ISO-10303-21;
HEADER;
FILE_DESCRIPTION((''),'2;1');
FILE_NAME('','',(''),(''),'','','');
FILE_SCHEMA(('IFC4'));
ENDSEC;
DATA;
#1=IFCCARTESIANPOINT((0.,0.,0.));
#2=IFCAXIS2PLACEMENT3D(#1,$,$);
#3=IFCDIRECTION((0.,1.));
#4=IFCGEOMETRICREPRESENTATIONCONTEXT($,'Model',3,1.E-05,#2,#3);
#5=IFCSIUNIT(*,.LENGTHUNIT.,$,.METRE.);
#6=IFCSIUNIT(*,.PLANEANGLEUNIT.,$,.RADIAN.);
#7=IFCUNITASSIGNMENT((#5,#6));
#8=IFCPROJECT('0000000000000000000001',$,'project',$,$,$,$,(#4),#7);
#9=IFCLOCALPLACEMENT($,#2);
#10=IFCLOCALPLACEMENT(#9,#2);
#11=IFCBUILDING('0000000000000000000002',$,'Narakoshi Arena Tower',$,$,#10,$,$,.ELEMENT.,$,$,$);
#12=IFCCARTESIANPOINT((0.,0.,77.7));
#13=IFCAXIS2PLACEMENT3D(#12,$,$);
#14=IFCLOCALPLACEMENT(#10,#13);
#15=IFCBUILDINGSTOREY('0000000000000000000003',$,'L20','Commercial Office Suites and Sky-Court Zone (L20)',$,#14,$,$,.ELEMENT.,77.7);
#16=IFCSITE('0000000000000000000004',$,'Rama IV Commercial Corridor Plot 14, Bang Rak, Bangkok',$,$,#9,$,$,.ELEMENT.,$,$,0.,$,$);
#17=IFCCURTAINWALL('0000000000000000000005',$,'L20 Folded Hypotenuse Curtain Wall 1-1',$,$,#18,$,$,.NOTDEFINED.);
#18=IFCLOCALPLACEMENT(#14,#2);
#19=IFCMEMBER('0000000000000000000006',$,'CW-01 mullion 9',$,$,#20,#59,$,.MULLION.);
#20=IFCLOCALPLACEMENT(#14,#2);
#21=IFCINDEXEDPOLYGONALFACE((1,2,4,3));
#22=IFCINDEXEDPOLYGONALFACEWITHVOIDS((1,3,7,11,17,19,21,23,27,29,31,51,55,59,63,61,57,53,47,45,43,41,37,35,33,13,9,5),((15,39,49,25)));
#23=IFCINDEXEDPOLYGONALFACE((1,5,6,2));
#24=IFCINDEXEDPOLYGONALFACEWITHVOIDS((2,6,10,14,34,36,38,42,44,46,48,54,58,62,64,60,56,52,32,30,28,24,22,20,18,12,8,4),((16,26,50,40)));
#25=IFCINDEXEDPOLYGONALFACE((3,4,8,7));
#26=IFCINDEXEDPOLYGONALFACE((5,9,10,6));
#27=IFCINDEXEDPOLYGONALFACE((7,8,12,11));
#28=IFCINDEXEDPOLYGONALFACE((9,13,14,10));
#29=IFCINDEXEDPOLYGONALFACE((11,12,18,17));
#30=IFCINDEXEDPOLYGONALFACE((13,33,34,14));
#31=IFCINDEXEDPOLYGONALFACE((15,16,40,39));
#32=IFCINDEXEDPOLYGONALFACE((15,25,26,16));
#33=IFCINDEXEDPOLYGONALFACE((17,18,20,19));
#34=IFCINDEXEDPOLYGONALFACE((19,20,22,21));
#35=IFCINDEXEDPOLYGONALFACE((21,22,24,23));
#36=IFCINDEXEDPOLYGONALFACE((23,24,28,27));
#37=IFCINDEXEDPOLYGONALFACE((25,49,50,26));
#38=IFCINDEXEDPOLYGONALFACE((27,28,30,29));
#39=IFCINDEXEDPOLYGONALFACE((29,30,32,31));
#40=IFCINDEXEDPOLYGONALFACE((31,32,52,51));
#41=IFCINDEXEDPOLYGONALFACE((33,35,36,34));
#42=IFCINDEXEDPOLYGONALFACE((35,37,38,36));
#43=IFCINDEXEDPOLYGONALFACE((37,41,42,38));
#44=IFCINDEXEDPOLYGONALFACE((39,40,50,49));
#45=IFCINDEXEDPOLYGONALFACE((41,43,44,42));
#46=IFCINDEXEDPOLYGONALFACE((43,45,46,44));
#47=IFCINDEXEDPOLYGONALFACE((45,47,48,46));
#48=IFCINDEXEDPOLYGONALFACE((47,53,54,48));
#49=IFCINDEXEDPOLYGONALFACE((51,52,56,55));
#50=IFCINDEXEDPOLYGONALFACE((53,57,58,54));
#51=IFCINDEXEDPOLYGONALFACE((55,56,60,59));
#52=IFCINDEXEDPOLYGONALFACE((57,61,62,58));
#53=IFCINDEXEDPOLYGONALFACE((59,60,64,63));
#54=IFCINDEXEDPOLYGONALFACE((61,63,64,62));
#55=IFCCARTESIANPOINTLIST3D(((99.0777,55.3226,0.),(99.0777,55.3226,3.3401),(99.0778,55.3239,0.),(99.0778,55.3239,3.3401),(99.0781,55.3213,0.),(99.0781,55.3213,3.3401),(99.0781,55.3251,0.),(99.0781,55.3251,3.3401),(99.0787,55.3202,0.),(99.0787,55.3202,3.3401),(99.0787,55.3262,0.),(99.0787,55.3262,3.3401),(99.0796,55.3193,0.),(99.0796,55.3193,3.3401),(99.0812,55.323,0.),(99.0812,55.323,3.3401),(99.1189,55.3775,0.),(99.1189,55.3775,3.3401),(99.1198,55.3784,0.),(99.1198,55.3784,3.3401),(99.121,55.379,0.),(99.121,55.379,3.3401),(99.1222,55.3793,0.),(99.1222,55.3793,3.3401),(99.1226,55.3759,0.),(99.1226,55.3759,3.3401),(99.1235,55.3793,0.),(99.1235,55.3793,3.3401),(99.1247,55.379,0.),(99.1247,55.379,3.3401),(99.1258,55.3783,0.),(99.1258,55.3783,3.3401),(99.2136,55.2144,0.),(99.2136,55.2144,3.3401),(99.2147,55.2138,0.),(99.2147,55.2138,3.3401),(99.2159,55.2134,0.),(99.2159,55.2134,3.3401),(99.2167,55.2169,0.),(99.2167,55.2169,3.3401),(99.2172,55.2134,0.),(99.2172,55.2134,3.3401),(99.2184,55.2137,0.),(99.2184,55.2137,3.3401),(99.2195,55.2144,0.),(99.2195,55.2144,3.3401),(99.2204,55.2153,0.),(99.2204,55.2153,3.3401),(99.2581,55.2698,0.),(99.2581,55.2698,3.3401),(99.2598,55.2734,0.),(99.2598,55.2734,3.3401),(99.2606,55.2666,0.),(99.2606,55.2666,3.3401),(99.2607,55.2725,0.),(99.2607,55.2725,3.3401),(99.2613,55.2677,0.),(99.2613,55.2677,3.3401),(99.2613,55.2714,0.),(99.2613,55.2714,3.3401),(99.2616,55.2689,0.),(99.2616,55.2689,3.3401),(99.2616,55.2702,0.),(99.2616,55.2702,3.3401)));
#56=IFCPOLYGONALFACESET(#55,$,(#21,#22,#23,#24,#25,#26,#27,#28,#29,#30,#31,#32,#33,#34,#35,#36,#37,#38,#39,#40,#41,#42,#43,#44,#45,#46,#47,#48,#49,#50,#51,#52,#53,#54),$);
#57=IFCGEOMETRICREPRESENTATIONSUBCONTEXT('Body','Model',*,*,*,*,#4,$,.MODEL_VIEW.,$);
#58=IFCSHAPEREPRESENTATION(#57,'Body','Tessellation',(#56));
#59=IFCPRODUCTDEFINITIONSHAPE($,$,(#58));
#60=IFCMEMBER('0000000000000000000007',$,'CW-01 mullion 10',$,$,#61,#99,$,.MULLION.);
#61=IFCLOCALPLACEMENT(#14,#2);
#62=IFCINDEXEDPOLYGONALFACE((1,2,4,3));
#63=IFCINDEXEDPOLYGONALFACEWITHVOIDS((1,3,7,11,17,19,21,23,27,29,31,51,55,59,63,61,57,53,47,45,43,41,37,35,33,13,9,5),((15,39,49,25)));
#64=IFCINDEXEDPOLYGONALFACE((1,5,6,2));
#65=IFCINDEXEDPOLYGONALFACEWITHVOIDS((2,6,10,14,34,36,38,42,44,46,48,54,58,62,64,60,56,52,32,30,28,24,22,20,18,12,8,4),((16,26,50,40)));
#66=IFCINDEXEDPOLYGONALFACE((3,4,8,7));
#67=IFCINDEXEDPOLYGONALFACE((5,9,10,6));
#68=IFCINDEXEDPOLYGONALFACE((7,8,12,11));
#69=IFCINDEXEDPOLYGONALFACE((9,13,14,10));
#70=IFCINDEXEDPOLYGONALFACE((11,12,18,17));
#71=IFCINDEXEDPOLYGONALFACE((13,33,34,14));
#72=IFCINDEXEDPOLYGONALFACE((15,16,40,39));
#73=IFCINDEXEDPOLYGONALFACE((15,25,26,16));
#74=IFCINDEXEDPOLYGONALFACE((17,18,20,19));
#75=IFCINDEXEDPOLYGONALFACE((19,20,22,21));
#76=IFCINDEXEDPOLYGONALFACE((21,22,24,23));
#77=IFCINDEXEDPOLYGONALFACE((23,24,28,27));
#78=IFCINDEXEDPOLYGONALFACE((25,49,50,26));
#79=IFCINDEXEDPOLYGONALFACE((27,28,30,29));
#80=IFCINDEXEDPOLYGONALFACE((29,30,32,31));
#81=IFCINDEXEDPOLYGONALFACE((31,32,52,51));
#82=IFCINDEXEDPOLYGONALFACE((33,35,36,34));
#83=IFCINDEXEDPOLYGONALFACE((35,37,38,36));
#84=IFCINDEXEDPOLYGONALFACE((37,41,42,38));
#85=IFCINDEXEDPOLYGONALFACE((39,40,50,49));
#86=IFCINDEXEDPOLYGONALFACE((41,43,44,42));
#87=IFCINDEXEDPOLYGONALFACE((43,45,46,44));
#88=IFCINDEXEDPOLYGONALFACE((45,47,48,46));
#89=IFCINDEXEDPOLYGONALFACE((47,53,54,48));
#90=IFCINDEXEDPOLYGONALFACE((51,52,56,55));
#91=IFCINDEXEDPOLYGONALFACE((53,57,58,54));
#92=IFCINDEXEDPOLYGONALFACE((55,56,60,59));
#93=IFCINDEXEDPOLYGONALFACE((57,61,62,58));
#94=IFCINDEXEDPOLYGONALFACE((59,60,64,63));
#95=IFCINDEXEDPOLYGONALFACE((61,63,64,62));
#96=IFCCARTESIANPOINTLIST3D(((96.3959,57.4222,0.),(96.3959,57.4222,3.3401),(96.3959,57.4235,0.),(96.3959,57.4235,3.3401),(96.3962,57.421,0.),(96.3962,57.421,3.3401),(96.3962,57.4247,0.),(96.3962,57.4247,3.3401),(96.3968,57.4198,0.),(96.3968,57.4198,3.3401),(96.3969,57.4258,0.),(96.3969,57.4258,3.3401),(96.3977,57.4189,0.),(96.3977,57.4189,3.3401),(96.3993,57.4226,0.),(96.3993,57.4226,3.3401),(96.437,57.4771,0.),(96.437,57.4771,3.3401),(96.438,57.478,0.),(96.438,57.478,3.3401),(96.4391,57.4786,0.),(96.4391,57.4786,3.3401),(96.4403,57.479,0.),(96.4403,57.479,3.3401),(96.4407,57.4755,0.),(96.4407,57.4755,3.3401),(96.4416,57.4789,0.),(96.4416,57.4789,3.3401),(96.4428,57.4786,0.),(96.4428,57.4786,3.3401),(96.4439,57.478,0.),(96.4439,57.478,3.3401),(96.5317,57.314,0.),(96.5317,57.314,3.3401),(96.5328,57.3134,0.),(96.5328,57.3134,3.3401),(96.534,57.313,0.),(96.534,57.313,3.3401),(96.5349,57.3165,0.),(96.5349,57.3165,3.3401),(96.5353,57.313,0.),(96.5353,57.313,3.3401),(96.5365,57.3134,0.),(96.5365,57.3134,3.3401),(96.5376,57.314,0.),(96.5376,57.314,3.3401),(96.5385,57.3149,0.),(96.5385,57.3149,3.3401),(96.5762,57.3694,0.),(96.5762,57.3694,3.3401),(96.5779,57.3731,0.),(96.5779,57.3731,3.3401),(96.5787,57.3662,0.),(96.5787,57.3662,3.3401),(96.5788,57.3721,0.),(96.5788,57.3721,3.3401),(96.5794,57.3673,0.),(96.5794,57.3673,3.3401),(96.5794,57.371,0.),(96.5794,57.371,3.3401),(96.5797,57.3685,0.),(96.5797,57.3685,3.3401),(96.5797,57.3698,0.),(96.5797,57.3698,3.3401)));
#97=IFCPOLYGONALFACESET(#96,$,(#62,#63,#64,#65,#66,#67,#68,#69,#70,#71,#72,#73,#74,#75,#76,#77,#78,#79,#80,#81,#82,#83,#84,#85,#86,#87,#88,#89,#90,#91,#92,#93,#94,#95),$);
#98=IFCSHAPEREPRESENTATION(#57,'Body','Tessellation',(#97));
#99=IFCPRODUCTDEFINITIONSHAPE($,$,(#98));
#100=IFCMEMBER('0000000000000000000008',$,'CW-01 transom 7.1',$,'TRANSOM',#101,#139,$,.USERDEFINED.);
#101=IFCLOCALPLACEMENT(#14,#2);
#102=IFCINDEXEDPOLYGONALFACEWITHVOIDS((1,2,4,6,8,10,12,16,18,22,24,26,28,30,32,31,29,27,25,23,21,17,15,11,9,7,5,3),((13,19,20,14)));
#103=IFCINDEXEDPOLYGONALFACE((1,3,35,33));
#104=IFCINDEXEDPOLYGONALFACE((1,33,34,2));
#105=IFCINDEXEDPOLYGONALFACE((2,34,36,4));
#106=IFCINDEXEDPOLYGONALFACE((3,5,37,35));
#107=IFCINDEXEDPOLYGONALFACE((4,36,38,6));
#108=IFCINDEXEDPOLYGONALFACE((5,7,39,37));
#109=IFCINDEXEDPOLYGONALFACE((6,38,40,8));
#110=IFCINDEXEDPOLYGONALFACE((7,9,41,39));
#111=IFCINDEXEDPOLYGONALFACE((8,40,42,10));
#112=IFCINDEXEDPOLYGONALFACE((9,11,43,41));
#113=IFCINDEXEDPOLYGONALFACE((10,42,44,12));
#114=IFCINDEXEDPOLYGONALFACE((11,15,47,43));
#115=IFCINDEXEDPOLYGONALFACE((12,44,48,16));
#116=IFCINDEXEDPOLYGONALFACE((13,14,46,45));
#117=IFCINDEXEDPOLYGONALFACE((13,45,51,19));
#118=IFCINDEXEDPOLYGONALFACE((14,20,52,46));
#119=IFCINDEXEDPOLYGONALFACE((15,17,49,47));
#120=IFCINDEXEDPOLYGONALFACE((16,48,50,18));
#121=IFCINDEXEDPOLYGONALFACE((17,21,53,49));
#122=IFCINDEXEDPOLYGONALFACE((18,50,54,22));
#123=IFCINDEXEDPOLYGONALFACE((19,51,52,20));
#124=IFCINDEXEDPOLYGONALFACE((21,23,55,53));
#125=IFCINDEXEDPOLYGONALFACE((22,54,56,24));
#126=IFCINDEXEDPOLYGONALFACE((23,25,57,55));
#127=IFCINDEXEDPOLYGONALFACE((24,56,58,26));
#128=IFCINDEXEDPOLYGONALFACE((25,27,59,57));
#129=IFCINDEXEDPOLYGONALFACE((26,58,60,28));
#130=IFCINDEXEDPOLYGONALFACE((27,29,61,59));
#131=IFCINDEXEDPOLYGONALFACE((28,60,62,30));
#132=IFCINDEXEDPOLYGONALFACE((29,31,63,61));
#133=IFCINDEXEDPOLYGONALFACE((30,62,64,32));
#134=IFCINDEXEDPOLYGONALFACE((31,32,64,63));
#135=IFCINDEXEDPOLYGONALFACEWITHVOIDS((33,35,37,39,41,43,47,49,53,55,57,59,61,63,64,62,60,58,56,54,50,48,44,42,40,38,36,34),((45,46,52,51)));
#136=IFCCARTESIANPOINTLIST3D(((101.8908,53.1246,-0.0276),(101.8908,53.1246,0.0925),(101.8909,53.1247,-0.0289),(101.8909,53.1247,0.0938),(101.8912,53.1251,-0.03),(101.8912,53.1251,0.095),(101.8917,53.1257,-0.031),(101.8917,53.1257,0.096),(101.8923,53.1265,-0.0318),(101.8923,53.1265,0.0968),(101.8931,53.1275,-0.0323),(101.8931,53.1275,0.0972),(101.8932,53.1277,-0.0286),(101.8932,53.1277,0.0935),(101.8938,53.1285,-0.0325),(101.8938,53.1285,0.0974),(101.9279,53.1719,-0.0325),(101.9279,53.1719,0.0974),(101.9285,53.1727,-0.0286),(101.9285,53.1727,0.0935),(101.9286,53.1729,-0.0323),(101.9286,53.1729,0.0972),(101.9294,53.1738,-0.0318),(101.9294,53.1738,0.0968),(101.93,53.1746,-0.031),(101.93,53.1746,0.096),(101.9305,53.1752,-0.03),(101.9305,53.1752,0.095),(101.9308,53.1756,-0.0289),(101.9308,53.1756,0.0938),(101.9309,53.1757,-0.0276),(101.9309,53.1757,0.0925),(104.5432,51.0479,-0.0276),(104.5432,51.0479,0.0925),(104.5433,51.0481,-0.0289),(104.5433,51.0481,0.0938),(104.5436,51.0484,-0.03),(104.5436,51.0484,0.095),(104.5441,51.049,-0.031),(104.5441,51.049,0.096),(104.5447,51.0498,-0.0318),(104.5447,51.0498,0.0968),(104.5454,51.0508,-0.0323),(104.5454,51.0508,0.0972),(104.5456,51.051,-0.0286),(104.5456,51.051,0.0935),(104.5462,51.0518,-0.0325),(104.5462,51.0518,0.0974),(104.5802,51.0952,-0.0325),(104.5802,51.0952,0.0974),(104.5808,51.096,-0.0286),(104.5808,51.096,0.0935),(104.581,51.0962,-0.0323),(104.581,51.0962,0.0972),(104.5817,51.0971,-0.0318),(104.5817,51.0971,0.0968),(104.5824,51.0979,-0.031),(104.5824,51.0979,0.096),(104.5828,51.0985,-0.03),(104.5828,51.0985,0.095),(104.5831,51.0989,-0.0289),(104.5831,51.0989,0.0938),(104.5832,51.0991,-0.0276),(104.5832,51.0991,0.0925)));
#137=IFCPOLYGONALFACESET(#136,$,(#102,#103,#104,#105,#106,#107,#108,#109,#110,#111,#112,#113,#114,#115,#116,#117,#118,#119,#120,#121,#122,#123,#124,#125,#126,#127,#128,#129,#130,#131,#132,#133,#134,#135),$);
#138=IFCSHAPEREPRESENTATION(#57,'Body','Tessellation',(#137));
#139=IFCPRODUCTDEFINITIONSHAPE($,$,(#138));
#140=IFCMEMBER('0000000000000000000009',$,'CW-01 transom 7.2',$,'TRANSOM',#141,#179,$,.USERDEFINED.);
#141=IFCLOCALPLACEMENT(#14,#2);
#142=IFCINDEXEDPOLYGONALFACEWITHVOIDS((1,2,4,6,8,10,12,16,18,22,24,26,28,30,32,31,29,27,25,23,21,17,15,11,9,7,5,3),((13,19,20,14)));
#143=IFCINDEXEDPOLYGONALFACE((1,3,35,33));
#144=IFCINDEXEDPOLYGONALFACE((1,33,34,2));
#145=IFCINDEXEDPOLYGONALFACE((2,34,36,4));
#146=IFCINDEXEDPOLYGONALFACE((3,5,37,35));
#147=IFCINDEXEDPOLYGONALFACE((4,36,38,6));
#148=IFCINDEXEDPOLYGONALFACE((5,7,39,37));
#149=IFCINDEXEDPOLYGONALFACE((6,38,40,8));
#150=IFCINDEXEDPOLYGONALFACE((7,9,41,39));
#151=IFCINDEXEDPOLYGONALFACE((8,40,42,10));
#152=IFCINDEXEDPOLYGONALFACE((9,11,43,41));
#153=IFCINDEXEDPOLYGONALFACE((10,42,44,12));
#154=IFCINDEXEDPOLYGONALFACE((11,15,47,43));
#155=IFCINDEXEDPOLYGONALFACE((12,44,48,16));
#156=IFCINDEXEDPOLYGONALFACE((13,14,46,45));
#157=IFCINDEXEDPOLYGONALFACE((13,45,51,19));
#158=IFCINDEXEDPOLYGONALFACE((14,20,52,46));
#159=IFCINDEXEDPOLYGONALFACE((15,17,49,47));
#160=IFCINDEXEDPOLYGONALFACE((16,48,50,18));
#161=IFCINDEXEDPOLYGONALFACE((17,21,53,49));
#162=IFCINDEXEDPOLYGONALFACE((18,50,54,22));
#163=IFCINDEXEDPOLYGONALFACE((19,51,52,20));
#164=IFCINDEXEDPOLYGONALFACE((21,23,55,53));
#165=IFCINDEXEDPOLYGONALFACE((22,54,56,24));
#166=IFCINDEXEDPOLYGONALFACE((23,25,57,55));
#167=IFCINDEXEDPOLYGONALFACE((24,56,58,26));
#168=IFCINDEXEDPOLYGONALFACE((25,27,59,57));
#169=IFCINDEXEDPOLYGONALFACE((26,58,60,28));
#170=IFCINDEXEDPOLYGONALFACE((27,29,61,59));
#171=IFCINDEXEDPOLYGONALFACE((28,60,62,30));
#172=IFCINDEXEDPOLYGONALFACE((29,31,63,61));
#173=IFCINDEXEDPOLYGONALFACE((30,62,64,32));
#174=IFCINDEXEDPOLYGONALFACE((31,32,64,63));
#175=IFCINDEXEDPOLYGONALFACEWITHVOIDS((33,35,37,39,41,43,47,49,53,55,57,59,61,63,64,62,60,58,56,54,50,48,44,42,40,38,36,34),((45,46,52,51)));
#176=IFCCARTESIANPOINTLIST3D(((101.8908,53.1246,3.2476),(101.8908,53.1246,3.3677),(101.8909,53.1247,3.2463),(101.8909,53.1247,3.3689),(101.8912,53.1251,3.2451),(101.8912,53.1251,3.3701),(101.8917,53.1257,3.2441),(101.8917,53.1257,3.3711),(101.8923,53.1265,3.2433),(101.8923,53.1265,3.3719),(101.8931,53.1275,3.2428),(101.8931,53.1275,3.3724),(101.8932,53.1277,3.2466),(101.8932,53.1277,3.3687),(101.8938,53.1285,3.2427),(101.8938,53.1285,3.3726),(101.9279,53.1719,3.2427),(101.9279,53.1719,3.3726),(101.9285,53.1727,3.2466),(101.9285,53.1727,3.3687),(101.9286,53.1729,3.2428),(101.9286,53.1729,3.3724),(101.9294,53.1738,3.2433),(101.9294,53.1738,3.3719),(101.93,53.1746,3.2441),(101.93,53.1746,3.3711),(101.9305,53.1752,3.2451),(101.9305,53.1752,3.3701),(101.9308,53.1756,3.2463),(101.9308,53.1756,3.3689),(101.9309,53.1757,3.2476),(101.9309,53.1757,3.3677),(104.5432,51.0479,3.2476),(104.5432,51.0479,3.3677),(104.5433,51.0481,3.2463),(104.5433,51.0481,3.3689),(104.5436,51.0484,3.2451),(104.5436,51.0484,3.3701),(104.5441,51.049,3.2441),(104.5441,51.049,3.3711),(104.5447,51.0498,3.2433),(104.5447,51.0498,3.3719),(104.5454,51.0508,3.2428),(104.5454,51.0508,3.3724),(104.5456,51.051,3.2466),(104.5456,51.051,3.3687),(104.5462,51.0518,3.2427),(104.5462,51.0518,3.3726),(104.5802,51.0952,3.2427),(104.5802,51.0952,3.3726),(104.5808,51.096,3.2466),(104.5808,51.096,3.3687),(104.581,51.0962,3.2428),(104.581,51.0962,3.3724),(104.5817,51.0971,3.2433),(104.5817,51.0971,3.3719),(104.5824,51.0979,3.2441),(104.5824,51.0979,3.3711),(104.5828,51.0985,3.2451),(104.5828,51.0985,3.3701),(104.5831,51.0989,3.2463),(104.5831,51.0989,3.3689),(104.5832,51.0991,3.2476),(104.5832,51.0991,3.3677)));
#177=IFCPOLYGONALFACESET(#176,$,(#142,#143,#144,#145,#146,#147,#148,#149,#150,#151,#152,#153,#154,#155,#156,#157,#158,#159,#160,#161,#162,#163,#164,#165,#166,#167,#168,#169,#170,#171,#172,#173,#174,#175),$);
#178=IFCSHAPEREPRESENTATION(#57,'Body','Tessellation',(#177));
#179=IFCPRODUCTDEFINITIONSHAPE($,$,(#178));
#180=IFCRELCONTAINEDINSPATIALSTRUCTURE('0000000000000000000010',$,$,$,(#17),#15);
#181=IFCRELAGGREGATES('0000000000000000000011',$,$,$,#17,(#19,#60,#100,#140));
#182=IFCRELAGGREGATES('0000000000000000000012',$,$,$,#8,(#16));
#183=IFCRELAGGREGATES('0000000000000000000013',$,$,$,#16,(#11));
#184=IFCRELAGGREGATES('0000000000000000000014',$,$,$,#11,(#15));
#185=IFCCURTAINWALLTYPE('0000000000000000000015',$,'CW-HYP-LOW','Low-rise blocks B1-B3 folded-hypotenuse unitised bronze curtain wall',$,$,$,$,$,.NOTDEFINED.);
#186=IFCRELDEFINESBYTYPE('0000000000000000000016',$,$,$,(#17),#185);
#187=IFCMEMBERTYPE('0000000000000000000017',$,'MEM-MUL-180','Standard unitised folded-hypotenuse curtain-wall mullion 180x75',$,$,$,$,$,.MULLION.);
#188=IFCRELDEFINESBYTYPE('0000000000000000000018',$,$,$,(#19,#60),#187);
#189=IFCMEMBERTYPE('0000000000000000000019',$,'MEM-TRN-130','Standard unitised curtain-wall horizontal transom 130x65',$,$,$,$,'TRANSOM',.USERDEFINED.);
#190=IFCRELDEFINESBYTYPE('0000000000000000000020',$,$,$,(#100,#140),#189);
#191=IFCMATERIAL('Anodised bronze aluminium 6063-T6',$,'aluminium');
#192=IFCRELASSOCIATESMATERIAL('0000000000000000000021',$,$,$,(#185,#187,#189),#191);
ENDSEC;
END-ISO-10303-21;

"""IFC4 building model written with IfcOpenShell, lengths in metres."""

from ifc_helpers import new_model, si_unit, direction, frame, origin, origin_2d, place, context, subcontext, project, spatial, hollow_rectangle, extrude, material, material_profile, profile_set, type_object, element, aggregate, save


model = new_model("IFC4")

# Units and contexts
model_context = context("Model", 3, precision=1e-05, world=origin(), true_north=direction((0.0, 1.0)))
body_context = subcontext(model_context, "Body", "Model", "MODEL_VIEW")
ifc_project = project(units=[si_unit("LENGTHUNIT", "METRE"), si_unit("PLANEANGLEUNIT", "RADIAN")], contexts=[model_context])

# Site, building, storey
site_placement = place(None, origin())
site = spatial("IfcSite", under=ifc_project, at=site_placement, Name="Rama IV Commercial Corridor Plot 14, Bang Rak, Bangkok", CompositionType="ELEMENT", RefElevation=0.0)
building_placement = place(site_placement, origin())
building = spatial("IfcBuilding", under=site, at=building_placement, Name="Narakoshi Arena Tower", CompositionType="ELEMENT")
storey_placement = place(building_placement, frame((0.0, 0.0, 77.7)))
storey = spatial("IfcBuildingStorey", under=building, at=storey_placement, Name="L20", Description="Commercial Office Suites and Sky-Court Zone (L20)", CompositionType="ELEMENT", Elevation=77.7)

# Curtain wall, members
ifc_material_1 = material(Name="Anodised bronze aluminium 6063-T6", Category="aluminium")
curtain_wall_type = type_object("IfcCurtainWallType", Name="CW-HYP-LOW", Description="Low-rise blocks B1-B3 folded-hypotenuse unitised bronze curtain wall", PredefinedType="NOTDEFINED", material=ifc_material_1)
curtain_wall_placement = place(storey_placement, origin())
curtain_wall = element("IfcCurtainWall", 1, at=curtain_wall_placement, inside=storey, type_object=curtain_wall_type, Name="L20 Folded Hypotenuse Curtain Wall 1-1", PredefinedType="NOTDEFINED")
ifc_material_profile_1 = material_profile(ifc_material_1, hollow_rectangle(XDim=0.075, YDim=0.1799, WallThickness=0.0039, OuterFilletRadius=0.0049, at=origin_2d()), Name="MUL180x75x4")
ifc_profile_set_1 = profile_set([ifc_material_profile_1], Name="Anodised bronze aluminium 6063-T6")
member_type_1 = type_object("IfcMemberType", Name="MEM-MUL-180", Description="Standard unitised folded-hypotenuse curtain-wall mullion 180x75", PredefinedType="MULLION", material=ifc_profile_set_1)
member_1_placement = place(storey_placement, frame((99.1697, 55.2964, 0.0), z_axis=(0.0, 0.0, 1.0), x_axis=(-0.616458, -0.787388, 0.0)))
member_1 = element("IfcMember", 2, at=member_1_placement, type_object=member_type_1, Name="CW-01 mullion 9", PredefinedType="MULLION", context=body_context, shape_type="SweptSolid", body=[
    extrude(hollow_rectangle(XDim=0.075, YDim=0.1799, WallThickness=0.0039, OuterFilletRadius=0.0049, at=origin_2d()), origin(), (0.0, 0.0, 1.0), 3.3401),
])
member_2_placement = place(storey_placement, frame((96.4878, 57.396, 0.0), z_axis=(0.0, 0.0, 1.0), x_axis=(-0.616458, -0.787388, 0.0)))
member_2 = element("IfcMember", 3, at=member_2_placement, type_object=member_type_1, Name="CW-01 mullion 10", PredefinedType="MULLION", context=body_context, shape_type="SweptSolid", body=[
    extrude(hollow_rectangle(XDim=0.075, YDim=0.1799, WallThickness=0.0039, OuterFilletRadius=0.0049, at=origin_2d()), origin(), (0.0, 0.0, 1.0), 3.3401),
])
ifc_material_profile_2 = material_profile(ifc_material_1, hollow_rectangle(XDim=0.0649, YDim=0.1299, WallThickness=0.0039, OuterFilletRadius=0.0049, at=origin_2d()), Name="TRN130x65x4")
ifc_profile_set_2 = profile_set([ifc_material_profile_2], Name="Anodised bronze aluminium 6063-T6")
member_type_2 = type_object("IfcMemberType", Name="MEM-TRN-130", Description="Standard unitised curtain-wall horizontal transom 130x65", ElementType="TRANSOM", PredefinedType="USERDEFINED", material=ifc_profile_set_2)
member_3_placement = place(storey_placement, frame((104.5632, 51.0735, 0.0325), z_axis=(-0.787373, 0.616476, 0.0), x_axis=(-0.616476, -0.787373, 0.0)))
member_3 = element("IfcMember", 4, at=member_3_placement, type_object=member_type_2, Name="CW-01 transom 7.1", ObjectType="TRANSOM", PredefinedType="USERDEFINED", context=body_context, shape_type="SweptSolid", body=[
    extrude(hollow_rectangle(XDim=0.0649, YDim=0.1299, WallThickness=0.0039, OuterFilletRadius=0.0049, at=origin_2d()), origin(), (0.0, 0.0, 1.0), 3.3687),
])
member_4_placement = place(storey_placement, frame((104.5632, 51.0735, 3.3076), z_axis=(-0.787373, 0.616476, 0.0), x_axis=(-0.616476, -0.787373, 0.0)))
member_4 = element("IfcMember", 5, at=member_4_placement, type_object=member_type_2, Name="CW-01 transom 7.2", ObjectType="TRANSOM", PredefinedType="USERDEFINED", context=body_context, shape_type="SweptSolid", body=[
    extrude(hollow_rectangle(XDim=0.0649, YDim=0.1299, WallThickness=0.0039, OuterFilletRadius=0.0049, at=origin_2d()), origin(), (0.0, 0.0, 1.0), 3.3687),
])
aggregate(curtain_wall, [member_1, member_2, member_3, member_4])

save(model, "model.ifc")
